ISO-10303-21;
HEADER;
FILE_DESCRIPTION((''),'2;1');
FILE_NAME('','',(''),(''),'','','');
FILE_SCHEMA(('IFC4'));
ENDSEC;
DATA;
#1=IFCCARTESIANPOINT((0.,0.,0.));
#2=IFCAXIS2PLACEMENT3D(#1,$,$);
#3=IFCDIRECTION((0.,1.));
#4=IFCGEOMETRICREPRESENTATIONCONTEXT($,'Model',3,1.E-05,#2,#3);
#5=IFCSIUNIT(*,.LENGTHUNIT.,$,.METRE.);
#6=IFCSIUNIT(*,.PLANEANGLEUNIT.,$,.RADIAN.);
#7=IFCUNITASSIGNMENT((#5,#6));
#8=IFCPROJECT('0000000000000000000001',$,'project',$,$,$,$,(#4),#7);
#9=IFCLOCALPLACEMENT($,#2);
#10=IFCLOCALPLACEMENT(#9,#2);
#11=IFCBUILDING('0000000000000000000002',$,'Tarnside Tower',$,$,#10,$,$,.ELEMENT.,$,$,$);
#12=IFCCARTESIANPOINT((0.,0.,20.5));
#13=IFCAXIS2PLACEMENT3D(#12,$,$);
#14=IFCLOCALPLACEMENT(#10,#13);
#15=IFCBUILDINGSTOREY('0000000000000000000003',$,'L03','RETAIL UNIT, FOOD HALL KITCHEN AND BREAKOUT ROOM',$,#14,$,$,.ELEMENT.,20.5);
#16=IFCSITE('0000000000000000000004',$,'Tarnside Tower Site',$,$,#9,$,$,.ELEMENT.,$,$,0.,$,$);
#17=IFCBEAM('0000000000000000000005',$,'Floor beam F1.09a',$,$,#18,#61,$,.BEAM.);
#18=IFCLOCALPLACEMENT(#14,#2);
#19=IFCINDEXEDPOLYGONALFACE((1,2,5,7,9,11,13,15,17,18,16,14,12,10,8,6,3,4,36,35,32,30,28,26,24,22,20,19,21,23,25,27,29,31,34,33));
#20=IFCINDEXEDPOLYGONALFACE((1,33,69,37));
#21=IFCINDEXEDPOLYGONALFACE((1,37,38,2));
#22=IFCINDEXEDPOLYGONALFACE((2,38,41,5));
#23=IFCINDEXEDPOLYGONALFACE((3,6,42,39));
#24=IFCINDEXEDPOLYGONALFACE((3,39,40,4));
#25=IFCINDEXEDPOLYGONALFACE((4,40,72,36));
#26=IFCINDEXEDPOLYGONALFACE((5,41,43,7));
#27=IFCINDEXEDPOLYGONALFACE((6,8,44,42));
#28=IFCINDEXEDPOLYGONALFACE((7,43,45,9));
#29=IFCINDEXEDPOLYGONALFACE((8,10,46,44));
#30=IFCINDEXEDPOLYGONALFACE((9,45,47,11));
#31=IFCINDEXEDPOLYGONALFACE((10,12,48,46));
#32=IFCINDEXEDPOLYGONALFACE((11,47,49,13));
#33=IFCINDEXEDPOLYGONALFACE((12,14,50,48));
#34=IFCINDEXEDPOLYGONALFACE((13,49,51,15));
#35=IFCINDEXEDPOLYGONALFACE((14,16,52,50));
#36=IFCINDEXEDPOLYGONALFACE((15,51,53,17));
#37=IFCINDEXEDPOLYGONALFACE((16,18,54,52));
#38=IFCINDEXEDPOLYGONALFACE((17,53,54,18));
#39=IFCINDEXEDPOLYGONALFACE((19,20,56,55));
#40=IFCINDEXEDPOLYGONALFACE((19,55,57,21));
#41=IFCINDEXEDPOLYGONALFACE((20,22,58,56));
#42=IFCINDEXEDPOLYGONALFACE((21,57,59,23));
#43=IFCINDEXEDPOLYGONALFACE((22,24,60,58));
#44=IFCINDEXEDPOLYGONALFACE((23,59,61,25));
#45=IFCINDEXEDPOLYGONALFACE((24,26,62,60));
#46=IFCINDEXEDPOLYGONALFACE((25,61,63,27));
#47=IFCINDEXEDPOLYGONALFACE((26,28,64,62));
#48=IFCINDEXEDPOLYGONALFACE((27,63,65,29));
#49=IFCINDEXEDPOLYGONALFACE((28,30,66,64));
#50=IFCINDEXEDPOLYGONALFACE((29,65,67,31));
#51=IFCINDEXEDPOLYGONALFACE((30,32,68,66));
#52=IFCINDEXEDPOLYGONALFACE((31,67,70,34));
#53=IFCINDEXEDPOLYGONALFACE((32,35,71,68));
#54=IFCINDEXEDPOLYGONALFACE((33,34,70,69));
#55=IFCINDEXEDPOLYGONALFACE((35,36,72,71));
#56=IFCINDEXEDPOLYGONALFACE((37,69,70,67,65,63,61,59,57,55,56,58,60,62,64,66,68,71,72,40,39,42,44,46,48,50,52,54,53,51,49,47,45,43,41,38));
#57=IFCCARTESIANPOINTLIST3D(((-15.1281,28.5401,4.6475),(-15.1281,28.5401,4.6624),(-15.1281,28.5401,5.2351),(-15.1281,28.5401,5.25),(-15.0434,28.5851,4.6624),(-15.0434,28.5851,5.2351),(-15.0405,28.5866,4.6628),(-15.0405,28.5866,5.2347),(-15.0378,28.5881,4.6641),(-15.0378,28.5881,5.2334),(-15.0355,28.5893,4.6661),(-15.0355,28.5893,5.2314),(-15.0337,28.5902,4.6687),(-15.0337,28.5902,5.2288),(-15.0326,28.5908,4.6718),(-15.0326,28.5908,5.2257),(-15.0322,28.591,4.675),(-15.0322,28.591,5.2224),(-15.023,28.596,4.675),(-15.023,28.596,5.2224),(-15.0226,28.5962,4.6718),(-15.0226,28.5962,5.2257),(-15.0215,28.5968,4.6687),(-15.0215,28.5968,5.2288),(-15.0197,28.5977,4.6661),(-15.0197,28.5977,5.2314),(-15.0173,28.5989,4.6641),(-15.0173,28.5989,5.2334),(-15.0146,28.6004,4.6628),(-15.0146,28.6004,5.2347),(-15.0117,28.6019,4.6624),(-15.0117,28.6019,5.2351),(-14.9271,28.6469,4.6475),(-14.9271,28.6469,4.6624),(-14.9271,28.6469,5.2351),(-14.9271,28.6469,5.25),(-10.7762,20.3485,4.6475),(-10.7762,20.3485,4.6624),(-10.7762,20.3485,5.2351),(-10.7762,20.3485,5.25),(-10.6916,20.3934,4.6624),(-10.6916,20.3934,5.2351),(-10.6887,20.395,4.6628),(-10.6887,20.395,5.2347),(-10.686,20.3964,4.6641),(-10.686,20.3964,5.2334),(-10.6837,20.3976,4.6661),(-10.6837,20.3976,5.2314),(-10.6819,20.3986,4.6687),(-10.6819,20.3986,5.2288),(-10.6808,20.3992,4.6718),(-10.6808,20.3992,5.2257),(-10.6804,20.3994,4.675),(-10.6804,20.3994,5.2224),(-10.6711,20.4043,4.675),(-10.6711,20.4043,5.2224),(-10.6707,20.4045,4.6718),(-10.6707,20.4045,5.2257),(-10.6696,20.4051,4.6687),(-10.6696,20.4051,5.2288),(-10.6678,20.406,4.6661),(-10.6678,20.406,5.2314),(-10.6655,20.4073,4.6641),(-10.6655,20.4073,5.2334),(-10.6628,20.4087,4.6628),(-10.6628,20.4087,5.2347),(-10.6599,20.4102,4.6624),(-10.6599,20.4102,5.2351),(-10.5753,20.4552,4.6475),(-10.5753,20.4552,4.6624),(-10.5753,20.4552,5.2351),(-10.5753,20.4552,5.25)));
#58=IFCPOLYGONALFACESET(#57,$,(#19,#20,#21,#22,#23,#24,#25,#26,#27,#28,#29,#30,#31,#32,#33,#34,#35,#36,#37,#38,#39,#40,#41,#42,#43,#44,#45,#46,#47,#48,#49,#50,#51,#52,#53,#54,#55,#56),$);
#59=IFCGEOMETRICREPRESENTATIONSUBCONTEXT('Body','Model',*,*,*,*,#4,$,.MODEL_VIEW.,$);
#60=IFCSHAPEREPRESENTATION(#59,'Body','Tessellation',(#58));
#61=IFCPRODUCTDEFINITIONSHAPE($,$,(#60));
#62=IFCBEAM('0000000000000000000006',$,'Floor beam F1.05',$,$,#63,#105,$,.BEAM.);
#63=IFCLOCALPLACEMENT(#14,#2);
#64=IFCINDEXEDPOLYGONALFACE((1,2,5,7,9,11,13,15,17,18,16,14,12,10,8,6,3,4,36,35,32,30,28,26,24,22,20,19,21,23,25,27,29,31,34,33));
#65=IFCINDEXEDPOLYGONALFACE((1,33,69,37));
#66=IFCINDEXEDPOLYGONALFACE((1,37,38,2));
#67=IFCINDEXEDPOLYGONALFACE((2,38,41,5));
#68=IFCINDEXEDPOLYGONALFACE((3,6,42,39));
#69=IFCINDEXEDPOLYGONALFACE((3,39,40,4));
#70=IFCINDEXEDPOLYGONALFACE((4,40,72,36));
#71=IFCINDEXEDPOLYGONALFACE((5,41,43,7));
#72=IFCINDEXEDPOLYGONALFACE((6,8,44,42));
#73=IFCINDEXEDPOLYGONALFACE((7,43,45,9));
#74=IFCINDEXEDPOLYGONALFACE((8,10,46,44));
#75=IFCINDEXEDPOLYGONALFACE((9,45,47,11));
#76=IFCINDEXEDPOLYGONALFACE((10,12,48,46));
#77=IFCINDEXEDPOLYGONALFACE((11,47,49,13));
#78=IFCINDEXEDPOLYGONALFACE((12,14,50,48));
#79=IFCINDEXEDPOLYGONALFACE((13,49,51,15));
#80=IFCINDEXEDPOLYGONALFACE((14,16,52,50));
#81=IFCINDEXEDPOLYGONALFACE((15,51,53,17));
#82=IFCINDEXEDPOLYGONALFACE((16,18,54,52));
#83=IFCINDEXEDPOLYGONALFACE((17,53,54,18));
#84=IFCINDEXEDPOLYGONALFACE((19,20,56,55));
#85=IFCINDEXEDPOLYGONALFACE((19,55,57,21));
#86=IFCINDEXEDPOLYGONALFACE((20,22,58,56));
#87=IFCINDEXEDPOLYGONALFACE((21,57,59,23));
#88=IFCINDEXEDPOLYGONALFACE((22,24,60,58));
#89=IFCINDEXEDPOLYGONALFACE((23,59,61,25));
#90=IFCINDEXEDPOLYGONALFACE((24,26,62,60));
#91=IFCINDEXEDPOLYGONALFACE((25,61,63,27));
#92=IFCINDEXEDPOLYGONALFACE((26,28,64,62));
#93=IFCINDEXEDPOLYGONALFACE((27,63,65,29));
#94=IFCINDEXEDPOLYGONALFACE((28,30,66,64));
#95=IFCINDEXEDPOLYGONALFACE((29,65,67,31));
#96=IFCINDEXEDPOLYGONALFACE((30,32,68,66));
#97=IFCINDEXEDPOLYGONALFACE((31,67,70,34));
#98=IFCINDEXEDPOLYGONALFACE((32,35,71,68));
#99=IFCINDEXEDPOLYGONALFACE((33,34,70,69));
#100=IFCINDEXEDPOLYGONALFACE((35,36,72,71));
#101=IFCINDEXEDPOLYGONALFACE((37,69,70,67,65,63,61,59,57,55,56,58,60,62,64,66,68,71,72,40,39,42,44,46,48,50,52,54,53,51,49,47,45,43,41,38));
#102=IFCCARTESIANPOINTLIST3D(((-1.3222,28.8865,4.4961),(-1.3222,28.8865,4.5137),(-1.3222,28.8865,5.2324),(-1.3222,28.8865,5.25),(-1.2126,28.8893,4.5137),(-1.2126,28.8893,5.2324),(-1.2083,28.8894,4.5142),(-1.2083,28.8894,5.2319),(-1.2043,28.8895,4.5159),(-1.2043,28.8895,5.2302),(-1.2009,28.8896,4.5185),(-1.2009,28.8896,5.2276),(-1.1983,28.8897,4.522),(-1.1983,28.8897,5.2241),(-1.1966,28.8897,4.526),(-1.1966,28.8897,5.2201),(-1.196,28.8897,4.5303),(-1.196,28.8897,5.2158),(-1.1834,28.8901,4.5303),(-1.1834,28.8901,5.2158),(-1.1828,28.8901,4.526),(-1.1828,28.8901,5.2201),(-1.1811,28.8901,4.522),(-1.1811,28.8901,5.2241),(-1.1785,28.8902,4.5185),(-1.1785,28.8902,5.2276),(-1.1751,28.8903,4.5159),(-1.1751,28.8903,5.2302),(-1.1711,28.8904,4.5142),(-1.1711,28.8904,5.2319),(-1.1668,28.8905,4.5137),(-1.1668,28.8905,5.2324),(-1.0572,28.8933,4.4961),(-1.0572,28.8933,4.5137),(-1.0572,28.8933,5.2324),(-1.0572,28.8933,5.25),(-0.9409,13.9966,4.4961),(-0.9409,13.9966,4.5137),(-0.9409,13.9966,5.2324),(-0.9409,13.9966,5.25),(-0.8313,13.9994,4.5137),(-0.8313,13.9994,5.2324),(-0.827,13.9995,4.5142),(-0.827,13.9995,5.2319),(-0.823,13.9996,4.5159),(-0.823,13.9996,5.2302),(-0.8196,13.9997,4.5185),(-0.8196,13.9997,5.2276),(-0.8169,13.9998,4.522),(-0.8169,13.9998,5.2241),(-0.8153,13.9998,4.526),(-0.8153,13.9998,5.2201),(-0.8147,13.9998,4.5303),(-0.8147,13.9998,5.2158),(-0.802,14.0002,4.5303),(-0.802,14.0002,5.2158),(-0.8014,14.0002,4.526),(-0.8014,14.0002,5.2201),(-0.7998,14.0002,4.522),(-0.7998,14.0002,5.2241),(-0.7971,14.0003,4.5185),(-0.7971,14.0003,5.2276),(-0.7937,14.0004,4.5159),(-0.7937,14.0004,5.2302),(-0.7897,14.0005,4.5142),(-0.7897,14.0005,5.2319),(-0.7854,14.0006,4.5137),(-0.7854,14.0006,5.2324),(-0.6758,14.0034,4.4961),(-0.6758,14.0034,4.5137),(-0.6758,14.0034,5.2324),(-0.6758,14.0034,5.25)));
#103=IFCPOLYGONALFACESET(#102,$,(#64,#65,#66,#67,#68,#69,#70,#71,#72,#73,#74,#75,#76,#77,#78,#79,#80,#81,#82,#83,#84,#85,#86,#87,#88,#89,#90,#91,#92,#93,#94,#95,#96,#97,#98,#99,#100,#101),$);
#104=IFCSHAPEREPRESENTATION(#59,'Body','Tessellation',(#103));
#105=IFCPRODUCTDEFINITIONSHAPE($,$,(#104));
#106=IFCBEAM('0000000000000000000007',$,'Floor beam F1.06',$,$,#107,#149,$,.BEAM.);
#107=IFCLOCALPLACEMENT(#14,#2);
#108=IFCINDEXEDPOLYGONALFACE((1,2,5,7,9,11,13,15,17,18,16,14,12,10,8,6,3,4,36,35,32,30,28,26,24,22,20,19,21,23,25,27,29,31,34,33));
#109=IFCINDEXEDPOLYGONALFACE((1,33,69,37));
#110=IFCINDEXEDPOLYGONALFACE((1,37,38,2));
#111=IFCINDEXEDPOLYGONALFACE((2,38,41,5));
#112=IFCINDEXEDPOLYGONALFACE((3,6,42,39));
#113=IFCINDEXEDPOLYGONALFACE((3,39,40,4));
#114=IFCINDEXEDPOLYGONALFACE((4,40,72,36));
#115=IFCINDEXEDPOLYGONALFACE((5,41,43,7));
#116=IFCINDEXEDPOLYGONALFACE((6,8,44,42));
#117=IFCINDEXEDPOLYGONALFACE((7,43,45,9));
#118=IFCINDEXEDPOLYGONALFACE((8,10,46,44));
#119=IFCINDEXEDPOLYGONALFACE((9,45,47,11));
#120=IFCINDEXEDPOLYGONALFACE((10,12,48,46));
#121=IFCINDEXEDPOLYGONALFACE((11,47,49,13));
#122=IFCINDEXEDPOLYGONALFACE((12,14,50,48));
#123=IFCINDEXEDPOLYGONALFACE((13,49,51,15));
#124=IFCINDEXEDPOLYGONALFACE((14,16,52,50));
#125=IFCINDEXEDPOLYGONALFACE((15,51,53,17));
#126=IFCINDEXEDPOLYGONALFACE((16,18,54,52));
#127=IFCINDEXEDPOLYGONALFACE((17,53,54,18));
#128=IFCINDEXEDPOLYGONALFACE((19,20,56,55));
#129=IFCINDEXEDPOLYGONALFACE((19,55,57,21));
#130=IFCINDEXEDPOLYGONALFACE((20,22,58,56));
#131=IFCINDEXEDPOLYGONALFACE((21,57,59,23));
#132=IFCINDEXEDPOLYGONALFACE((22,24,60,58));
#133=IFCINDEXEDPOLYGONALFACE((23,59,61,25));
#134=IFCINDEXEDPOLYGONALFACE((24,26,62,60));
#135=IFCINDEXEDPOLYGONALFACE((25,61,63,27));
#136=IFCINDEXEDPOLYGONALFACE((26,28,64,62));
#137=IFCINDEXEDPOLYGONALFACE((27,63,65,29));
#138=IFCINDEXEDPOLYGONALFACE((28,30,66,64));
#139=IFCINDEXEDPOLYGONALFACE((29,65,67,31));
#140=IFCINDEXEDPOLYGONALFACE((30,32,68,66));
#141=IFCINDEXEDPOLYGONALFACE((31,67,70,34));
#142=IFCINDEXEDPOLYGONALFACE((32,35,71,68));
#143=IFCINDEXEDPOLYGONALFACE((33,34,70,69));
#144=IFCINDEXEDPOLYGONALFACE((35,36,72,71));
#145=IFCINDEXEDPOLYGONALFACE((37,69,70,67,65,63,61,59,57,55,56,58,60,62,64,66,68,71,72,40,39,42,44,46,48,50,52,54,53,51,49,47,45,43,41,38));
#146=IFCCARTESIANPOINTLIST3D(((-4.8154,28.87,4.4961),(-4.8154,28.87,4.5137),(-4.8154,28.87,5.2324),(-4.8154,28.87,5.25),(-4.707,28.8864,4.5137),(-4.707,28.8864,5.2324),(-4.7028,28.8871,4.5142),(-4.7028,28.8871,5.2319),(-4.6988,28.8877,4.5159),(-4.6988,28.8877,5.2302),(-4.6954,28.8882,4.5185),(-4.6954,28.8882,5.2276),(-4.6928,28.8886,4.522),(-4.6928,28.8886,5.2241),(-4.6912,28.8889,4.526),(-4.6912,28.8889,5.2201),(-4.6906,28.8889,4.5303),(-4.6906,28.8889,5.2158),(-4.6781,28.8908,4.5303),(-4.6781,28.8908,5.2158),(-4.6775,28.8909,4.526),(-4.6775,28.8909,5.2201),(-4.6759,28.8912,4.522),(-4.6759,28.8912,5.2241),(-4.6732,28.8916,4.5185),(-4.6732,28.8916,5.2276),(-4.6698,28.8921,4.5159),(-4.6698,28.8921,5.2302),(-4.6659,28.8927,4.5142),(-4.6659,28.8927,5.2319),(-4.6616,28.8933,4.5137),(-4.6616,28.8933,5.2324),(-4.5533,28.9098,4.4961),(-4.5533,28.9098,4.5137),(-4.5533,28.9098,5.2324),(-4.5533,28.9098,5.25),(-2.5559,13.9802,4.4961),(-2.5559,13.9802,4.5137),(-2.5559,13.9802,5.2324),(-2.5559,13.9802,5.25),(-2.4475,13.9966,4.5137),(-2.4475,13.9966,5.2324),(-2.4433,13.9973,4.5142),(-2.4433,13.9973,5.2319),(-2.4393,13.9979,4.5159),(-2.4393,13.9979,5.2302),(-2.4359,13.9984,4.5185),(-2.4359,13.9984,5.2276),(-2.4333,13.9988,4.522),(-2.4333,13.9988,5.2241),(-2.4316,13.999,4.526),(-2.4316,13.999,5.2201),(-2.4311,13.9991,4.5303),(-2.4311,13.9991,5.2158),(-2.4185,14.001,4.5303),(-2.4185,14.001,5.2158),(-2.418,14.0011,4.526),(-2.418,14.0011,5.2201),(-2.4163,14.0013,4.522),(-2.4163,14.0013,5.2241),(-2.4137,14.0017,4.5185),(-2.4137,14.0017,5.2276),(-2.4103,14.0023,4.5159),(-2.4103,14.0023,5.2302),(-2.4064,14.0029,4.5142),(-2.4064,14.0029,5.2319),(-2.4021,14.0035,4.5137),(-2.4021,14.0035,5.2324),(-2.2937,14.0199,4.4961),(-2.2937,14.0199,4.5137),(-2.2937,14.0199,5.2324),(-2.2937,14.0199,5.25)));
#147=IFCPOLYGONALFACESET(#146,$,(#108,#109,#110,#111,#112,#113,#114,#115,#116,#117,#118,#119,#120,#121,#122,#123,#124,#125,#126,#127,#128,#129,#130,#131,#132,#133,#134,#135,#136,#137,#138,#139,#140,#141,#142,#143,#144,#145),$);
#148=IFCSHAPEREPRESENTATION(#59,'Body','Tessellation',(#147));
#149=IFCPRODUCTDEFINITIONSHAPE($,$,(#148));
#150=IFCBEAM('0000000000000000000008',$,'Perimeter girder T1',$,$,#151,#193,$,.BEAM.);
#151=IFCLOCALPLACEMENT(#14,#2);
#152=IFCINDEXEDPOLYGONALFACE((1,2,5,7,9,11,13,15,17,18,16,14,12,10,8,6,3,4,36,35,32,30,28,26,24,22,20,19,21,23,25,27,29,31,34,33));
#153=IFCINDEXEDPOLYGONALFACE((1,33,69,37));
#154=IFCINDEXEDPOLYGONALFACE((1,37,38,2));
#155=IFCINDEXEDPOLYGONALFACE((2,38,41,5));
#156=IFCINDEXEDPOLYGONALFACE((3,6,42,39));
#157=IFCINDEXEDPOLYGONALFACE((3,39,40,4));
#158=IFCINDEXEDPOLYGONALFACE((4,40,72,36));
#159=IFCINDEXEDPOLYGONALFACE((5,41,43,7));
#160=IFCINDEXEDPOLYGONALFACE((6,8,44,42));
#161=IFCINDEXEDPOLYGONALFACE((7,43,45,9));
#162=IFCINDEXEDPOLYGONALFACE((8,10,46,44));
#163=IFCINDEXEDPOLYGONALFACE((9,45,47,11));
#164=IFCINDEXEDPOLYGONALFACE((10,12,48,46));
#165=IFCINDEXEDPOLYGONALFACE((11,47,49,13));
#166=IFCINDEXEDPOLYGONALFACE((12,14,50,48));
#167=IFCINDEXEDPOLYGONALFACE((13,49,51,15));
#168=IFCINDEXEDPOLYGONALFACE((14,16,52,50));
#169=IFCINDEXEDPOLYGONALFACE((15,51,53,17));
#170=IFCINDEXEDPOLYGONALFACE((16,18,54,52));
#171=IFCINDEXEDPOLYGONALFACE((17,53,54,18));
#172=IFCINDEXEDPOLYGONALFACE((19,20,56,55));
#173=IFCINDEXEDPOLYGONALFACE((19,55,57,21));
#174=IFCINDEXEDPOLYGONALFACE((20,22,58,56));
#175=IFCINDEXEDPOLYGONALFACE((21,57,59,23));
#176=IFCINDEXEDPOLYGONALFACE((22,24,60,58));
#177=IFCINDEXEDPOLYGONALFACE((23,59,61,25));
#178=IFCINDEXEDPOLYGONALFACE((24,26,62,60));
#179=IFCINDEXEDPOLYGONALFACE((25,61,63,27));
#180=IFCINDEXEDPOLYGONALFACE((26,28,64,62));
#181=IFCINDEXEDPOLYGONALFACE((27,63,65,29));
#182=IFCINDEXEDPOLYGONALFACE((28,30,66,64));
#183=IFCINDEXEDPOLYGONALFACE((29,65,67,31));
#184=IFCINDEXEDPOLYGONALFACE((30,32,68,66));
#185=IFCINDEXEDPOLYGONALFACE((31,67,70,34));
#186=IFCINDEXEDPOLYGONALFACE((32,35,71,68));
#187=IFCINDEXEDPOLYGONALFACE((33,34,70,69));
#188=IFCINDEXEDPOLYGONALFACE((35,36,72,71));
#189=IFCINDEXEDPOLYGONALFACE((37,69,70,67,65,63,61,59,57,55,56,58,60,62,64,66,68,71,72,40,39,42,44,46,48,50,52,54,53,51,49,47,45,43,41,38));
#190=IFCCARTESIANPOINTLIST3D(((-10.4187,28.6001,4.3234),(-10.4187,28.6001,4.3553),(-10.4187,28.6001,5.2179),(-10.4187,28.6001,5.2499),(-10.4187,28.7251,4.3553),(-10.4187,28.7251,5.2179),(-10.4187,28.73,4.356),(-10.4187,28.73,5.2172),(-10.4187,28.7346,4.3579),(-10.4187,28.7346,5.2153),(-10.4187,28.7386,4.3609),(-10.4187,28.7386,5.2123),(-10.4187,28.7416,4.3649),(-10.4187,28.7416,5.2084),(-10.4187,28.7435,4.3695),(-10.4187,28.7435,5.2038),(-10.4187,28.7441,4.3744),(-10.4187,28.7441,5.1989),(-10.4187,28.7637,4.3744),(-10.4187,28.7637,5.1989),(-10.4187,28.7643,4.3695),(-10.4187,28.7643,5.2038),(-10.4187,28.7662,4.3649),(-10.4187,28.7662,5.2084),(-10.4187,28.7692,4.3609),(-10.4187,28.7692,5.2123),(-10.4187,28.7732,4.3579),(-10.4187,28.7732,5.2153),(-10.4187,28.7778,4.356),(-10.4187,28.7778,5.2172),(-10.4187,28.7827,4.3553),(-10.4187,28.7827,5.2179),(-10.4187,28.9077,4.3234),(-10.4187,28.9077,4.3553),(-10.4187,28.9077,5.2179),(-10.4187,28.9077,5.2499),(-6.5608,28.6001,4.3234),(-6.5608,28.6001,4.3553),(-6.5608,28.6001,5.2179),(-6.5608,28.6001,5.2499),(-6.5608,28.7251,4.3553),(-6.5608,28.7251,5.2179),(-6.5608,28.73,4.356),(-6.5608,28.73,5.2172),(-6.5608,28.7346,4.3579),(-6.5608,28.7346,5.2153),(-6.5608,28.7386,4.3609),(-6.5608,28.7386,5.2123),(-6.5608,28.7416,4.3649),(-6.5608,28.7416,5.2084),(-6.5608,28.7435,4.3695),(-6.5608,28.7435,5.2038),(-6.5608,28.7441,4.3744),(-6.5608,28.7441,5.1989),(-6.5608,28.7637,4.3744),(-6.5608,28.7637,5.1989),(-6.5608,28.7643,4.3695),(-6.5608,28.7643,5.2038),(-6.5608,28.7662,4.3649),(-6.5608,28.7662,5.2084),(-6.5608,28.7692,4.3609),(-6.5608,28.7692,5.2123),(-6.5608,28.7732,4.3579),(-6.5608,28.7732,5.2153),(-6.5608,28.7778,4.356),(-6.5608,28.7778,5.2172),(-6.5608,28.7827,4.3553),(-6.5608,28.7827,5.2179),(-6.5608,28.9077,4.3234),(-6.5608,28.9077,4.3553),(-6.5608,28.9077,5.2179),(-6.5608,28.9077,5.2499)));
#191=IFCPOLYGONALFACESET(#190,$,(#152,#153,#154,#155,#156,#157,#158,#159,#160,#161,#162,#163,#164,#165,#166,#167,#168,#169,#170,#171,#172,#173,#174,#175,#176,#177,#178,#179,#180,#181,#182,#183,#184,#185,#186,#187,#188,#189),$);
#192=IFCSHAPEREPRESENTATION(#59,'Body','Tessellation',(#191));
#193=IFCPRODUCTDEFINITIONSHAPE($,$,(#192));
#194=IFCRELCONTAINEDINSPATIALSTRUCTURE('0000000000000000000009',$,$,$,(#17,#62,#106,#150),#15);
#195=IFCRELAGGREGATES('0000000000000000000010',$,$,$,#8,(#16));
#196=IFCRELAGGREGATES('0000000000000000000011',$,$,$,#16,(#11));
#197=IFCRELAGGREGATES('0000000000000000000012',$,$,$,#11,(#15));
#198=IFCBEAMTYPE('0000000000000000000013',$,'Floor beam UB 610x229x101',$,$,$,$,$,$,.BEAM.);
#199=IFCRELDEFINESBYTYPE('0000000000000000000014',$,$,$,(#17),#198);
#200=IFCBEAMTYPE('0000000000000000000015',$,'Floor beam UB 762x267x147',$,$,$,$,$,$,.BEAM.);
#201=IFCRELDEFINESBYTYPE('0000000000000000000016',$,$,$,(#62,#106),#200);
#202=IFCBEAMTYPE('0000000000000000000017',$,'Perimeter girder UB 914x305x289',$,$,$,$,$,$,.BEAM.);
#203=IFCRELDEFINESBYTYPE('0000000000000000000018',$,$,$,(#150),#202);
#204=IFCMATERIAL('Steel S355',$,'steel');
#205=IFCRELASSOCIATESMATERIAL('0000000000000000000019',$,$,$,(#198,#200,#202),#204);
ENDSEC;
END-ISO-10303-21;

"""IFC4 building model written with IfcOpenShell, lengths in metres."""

from ifc_helpers import new_model, si_unit, direction, frame, origin, origin_2d, place, context, subcontext, project, spatial, i_section, extrude, material, material_profile, profile_set, type_object, element, save


model = new_model("IFC4")

# Units and contexts
model_context = context("Model", 3, precision=1e-05, world=origin(), true_north=direction((0.0, 1.0)))
body_context = subcontext(model_context, "Body", "Model", "MODEL_VIEW")
ifc_project = project(units=[si_unit("LENGTHUNIT", "METRE"), si_unit("PLANEANGLEUNIT", "RADIAN")], contexts=[model_context])

# Site, building, storey
site_placement = place(None, origin())
site = spatial("IfcSite", under=ifc_project, at=site_placement, Name="Tarnside Tower Site", CompositionType="ELEMENT", RefElevation=0.0)
building_placement = place(site_placement, origin())
building = spatial("IfcBuilding", under=site, at=building_placement, Name="Tarnside Tower", CompositionType="ELEMENT")
storey_placement = place(building_placement, frame((0.0, 0.0, 20.5)))
storey = spatial("IfcBuildingStorey", under=building, at=storey_placement, Name="L03", Description="RETAIL UNIT, FOOD HALL KITCHEN AND BREAKOUT ROOM", CompositionType="ELEMENT", Elevation=20.5)

# Beams
ifc_material_1 = material(Name="Steel S355", Category="steel")
ifc_material_profile_1 = material_profile(ifc_material_1, i_section(OverallWidth=0.2275, OverallDepth=0.6025, WebThickness=0.0105, FlangeThickness=0.0149, FilletRadius=0.0127, at=origin_2d()), Name="UB 610x229x101")
ifc_profile_set_1 = profile_set([ifc_material_profile_1], Name="Steel S355")
beam_type_1 = type_object("IfcBeamType", Name="Floor beam UB 610x229x101", PredefinedType="BEAM", material=ifc_profile_set_1)
beam_1_placement = place(storey_placement, frame((-15.0276, 28.5935, 4.9487), z_axis=(0.469155, -0.883116, 0.0), x_axis=(0.883116, 0.469155, 0.0)))
element("IfcBeam", 1, at=beam_1_placement, inside=storey, type_object=beam_type_1, Name="Floor beam F1.09a", PredefinedType="BEAM", context=body_context, shape_type="SweptSolid", body=[
    extrude(i_section(OverallWidth=0.2275, OverallDepth=0.6025, WebThickness=0.0105, FlangeThickness=0.0149, FilletRadius=0.0127, at=origin_2d()), origin(), (0.0, 0.0, 1.0), 9.2759),
])
ifc_material_profile_2 = material_profile(ifc_material_1, i_section(OverallWidth=0.2651, OverallDepth=0.7539, WebThickness=0.0127, FlangeThickness=0.0176, FilletRadius=0.0166, at=origin_2d()), Name="UB 762x267x147")
ifc_profile_set_2 = profile_set([ifc_material_profile_2], Name="Steel S355")
beam_type_2 = type_object("IfcBeamType", Name="Floor beam UB 762x267x147", PredefinedType="BEAM", material=ifc_profile_set_2)
beam_2_placement = place(storey_placement, frame((-1.1897, 28.8899, 4.873), z_axis=(0.025603, -0.999672, 0.0), x_axis=(0.999672, 0.025603, 0.0)))
element("IfcBeam", 2, at=beam_2_placement, inside=storey, type_object=beam_type_2, Name="Floor beam F1.05", PredefinedType="BEAM", context=body_context, shape_type="SweptSolid", body=[
    extrude(i_section(OverallWidth=0.2651, OverallDepth=0.7539, WebThickness=0.0127, FlangeThickness=0.0176, FilletRadius=0.0166, at=origin_2d()), origin(), (0.0, 0.0, 1.0), 14.8948),
])
beam_3_placement = place(storey_placement, frame((-4.6843, 28.8899, 4.873), z_axis=(0.150031, -0.988681, 0.0), x_axis=(0.988681, 0.150031, 0.0)))
element("IfcBeam", 3, at=beam_3_placement, inside=storey, type_object=beam_type_2, Name="Floor beam F1.06", PredefinedType="BEAM", context=body_context, shape_type="SweptSolid", body=[
    extrude(i_section(OverallWidth=0.2651, OverallDepth=0.7539, WebThickness=0.0127, FlangeThickness=0.0176, FilletRadius=0.0166, at=origin_2d()), origin(), (0.0, 0.0, 1.0), 15.0603),
])
ifc_material_profile_3 = material_profile(ifc_material_1, i_section(OverallWidth=0.3076, OverallDepth=0.9265, WebThickness=0.0195, FlangeThickness=0.032, FilletRadius=0.019, at=origin_2d()), Name="UB 914x305x289")
ifc_profile_set_3 = profile_set([ifc_material_profile_3], Name="Steel S355")
beam_type_3 = type_object("IfcBeamType", Name="Perimeter girder UB 914x305x289", PredefinedType="BEAM", material=ifc_profile_set_3)
beam_4_placement = place(storey_placement, frame((-10.4187, 28.7539, 4.7866), z_axis=(1.0, 0.0, 0.0), x_axis=(0.0, 1.0, 0.0)))
element("IfcBeam", 4, at=beam_4_placement, inside=storey, type_object=beam_type_3, Name="Perimeter girder T1", PredefinedType="BEAM", context=body_context, shape_type="SweptSolid", body=[
    extrude(i_section(OverallWidth=0.3076, OverallDepth=0.9265, WebThickness=0.0195, FlangeThickness=0.032, FilletRadius=0.019, at=origin_2d()), origin(), (0.0, 0.0, 1.0), 3.8579),
])

save(model, "model.ifc")
